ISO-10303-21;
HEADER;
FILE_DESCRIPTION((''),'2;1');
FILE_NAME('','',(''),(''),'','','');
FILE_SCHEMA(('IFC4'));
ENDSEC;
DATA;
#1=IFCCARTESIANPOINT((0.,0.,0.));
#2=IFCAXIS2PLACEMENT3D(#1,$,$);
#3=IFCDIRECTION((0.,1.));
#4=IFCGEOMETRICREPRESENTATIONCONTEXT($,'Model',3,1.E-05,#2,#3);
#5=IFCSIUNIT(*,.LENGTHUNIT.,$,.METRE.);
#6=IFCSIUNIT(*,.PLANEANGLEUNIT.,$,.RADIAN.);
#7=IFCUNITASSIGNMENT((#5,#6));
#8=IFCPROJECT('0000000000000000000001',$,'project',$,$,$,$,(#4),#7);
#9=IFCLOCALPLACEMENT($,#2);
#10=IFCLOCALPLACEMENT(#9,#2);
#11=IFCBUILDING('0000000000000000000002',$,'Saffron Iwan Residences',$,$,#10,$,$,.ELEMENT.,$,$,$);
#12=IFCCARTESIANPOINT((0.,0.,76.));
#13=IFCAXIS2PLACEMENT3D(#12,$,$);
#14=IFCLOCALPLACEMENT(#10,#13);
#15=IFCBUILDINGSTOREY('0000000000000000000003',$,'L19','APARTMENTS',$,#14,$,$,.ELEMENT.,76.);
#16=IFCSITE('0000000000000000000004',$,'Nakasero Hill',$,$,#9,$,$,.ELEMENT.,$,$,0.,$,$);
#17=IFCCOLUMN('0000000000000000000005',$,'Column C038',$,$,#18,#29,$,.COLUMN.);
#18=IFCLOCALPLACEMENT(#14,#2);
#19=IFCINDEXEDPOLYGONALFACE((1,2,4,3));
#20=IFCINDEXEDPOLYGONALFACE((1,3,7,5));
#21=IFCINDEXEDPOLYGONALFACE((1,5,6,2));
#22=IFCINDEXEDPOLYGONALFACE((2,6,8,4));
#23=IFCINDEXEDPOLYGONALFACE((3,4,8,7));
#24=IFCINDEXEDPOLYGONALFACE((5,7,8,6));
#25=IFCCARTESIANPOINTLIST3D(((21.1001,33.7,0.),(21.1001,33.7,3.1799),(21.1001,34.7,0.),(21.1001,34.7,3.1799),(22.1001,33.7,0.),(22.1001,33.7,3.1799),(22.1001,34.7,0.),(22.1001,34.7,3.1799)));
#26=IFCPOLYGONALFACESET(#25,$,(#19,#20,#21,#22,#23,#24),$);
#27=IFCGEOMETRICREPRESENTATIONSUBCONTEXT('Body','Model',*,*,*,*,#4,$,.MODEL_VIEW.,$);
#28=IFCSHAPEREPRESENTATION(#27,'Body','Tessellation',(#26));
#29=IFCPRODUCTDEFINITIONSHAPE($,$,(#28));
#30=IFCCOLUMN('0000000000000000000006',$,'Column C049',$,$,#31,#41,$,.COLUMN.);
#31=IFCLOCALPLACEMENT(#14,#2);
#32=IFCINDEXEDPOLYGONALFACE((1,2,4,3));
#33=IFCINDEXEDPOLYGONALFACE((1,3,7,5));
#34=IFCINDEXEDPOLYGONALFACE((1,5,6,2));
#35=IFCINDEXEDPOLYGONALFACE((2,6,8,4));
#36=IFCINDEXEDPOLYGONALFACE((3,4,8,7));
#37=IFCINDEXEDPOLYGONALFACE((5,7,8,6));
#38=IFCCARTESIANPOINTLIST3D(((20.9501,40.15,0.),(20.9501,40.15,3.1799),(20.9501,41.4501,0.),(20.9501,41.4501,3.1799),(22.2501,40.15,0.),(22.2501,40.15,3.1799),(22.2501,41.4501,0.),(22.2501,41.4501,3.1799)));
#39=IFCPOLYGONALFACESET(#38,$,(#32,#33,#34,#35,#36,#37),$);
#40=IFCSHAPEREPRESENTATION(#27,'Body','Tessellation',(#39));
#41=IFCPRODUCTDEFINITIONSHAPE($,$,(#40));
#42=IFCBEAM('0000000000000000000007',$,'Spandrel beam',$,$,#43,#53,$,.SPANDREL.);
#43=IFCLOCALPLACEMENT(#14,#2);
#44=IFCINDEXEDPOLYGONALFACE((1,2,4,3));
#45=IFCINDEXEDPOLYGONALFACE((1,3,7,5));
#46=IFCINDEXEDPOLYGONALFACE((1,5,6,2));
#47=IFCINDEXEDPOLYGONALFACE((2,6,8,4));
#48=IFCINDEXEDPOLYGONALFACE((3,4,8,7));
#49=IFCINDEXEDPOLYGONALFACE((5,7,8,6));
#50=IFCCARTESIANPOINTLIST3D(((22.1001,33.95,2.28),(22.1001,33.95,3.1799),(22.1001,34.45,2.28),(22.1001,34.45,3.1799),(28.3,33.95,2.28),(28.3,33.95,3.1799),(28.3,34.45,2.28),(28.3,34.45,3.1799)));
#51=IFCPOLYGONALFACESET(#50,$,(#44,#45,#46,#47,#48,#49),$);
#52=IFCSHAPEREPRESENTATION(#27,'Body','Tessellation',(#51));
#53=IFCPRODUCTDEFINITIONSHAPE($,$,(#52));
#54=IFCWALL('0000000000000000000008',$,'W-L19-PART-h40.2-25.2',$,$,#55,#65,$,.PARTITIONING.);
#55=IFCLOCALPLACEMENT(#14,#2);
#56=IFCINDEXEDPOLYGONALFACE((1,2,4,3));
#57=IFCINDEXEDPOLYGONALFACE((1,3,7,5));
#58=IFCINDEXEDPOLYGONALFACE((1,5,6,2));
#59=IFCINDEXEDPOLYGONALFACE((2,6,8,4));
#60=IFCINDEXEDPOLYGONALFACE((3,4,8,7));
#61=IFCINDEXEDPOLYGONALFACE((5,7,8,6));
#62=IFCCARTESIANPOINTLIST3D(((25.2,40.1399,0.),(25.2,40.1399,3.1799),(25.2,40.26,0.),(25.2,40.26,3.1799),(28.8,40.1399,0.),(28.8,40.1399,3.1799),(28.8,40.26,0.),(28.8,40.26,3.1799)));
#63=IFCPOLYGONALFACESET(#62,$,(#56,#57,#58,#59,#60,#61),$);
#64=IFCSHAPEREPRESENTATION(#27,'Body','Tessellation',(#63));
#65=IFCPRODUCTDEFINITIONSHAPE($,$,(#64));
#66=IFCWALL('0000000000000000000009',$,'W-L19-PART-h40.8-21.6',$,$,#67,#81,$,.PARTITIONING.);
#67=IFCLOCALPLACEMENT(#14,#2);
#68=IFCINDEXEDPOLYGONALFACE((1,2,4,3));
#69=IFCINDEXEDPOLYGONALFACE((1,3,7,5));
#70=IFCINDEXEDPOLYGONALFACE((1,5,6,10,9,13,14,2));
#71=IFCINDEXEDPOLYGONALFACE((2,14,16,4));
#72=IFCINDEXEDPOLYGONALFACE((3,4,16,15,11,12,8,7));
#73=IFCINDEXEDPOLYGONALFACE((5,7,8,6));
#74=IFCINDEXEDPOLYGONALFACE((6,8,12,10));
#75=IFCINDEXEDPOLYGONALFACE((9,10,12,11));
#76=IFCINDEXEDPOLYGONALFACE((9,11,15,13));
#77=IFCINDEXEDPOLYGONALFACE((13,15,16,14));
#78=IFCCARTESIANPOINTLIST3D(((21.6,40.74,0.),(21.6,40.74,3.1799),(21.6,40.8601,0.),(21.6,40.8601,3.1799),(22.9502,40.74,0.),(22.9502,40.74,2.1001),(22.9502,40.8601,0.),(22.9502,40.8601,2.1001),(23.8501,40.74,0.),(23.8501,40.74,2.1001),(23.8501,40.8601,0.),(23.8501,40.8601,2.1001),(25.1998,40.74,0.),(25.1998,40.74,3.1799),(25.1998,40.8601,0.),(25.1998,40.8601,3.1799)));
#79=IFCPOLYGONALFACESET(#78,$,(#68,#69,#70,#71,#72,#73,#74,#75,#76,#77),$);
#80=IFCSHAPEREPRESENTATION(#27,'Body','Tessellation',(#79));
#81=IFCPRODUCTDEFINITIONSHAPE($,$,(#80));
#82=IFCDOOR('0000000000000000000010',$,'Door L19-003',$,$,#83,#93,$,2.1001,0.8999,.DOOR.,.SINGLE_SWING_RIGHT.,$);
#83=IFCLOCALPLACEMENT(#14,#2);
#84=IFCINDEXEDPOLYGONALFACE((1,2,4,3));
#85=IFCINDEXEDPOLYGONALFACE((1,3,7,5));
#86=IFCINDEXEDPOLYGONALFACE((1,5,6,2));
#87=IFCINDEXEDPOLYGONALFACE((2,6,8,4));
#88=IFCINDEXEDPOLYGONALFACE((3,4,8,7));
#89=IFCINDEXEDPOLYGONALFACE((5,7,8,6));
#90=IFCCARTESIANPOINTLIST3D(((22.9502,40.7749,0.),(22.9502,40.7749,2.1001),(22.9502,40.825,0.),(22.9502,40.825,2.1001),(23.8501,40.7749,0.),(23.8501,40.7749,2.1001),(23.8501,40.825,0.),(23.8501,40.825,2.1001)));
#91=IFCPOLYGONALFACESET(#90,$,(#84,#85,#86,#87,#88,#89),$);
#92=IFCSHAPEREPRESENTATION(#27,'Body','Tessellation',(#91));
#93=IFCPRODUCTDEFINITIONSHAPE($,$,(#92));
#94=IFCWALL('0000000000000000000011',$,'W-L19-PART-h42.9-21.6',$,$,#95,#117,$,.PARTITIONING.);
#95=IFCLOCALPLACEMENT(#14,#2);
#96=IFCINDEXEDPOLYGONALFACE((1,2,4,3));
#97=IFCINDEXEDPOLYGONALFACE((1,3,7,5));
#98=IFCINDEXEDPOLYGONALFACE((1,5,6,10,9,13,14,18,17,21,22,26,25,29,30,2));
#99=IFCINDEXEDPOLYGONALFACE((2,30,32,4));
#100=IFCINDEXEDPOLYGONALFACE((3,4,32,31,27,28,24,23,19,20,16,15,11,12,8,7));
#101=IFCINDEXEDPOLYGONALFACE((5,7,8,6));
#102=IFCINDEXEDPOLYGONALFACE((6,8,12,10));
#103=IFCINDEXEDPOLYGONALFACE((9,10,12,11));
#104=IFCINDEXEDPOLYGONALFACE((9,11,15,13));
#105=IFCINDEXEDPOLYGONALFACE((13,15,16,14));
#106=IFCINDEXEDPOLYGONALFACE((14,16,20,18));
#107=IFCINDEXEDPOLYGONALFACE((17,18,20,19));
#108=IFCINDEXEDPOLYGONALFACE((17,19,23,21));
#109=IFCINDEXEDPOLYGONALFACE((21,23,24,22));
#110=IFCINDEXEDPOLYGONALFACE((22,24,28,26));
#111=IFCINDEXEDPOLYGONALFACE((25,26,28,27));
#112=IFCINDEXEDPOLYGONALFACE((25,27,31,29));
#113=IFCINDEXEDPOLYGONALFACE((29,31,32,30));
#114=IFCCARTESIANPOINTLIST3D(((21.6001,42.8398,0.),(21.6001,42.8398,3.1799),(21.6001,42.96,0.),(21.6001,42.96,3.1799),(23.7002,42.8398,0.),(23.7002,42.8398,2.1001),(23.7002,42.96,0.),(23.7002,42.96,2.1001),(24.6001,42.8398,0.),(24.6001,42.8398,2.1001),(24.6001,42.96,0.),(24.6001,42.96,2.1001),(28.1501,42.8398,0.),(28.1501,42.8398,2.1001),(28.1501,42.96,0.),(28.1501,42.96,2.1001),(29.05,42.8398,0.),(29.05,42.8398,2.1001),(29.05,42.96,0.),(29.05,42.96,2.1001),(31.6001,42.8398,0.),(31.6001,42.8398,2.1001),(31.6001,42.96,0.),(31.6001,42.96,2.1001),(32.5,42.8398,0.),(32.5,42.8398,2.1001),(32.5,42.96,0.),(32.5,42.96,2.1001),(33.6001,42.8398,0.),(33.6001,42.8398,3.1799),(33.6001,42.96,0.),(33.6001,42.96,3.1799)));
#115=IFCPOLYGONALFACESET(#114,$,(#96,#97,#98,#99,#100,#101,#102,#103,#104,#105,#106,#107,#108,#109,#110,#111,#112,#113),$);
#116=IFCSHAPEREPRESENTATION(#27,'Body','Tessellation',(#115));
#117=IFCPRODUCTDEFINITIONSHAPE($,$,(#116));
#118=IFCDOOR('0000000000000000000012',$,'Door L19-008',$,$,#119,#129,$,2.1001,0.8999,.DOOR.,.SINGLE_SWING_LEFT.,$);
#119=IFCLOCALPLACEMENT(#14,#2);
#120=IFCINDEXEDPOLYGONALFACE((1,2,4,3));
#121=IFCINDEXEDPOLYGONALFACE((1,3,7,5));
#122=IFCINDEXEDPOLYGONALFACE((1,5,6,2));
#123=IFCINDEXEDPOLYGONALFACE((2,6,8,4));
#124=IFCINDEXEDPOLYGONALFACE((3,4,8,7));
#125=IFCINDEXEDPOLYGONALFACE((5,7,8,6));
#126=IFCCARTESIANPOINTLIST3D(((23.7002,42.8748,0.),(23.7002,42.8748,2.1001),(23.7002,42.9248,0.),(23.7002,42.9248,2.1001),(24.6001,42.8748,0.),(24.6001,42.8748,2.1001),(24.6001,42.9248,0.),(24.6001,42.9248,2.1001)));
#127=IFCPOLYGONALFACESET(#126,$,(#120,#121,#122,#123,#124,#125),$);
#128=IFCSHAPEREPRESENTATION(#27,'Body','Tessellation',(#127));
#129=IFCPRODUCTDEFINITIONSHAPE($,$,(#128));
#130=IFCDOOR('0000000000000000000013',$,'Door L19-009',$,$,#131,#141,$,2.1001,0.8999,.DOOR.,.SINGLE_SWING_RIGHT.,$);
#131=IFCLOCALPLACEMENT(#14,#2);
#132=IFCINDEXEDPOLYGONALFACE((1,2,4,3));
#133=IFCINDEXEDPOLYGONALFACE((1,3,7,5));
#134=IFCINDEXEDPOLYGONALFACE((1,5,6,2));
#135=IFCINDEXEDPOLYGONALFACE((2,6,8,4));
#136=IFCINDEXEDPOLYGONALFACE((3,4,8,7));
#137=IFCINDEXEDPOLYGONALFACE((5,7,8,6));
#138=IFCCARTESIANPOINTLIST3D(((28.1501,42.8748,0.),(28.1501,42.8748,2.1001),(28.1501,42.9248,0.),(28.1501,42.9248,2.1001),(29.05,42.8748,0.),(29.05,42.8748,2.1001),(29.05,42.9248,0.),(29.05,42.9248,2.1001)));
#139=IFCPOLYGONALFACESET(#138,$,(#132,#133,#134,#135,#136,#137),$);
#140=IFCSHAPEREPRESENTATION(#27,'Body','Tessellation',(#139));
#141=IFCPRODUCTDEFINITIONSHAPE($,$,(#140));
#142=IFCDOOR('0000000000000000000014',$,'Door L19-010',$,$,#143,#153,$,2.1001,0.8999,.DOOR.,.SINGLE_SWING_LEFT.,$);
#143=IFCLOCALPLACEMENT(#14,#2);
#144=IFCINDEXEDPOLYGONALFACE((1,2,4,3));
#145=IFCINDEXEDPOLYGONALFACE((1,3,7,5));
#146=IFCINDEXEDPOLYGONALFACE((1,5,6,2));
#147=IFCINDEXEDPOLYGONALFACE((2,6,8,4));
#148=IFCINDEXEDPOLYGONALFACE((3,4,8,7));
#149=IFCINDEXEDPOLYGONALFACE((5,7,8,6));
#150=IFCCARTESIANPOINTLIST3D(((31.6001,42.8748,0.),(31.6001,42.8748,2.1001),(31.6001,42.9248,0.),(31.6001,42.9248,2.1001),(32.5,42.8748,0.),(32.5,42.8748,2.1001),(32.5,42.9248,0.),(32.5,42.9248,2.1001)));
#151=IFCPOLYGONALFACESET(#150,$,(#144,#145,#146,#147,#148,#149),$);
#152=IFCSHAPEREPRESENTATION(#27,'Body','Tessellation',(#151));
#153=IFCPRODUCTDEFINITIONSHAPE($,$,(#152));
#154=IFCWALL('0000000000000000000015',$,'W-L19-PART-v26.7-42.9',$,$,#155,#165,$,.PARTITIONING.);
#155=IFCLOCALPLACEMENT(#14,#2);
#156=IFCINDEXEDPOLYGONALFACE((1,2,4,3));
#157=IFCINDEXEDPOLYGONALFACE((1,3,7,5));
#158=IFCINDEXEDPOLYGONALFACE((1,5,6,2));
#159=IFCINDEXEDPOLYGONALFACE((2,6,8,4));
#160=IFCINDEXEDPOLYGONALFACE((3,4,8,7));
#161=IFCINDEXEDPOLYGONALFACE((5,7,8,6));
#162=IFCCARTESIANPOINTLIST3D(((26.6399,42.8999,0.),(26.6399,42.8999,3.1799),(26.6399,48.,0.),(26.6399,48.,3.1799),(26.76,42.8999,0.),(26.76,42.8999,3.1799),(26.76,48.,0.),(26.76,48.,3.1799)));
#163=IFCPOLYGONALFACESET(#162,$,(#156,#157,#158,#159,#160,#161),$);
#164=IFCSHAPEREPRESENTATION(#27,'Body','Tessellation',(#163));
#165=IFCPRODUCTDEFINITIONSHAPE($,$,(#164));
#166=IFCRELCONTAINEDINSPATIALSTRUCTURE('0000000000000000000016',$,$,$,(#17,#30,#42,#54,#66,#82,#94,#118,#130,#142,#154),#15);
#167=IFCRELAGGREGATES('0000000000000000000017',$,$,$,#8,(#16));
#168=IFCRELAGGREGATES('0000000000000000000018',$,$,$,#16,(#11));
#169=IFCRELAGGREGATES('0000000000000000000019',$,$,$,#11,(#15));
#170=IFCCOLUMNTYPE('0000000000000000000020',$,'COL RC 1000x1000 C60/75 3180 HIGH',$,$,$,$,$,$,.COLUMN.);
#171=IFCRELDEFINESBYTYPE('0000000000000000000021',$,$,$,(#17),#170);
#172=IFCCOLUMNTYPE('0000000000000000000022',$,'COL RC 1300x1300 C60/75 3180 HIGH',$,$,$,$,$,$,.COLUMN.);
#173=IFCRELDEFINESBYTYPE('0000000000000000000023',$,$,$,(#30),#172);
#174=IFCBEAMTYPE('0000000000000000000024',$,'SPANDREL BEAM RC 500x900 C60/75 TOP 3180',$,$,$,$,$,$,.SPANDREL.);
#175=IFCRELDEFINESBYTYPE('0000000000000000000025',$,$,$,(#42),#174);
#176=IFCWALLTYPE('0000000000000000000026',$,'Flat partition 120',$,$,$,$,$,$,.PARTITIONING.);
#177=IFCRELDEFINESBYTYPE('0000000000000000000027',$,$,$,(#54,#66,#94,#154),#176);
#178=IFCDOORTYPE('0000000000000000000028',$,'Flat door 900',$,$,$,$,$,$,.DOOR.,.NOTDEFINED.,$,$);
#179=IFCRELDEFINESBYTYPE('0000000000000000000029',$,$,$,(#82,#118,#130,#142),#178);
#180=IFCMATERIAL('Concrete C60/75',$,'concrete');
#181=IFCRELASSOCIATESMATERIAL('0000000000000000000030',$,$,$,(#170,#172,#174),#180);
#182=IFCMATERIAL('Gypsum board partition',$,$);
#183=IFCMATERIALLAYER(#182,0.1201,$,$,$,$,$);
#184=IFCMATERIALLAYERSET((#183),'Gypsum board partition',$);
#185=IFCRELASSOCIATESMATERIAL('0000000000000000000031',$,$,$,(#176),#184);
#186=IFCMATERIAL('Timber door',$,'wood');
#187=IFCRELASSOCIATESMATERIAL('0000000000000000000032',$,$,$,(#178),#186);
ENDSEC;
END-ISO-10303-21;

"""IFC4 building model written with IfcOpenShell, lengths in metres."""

from ifc_helpers import new_model, si_unit, direction, frame, frame_2d, origin, origin_2d, place, context, subcontext, project, spatial, rectangle, extrude, source, transform, mapped, material, layer, layer_set, material_profile, profile_set, type_object, element, fill, save


model = new_model("IFC4")

# Units and contexts
model_context = context("Model", 3, precision=1e-05, world=origin(), true_north=direction((0.0, 1.0)))
body_context = subcontext(model_context, "Body", "Model", "MODEL_VIEW")
ifc_project = project(units=[si_unit("LENGTHUNIT", "METRE"), si_unit("PLANEANGLEUNIT", "RADIAN")], contexts=[model_context])

# Site, building, storey
site_placement = place(None, origin())
site = spatial("IfcSite", under=ifc_project, at=site_placement, Name="Nakasero Hill", CompositionType="ELEMENT", RefElevation=0.0)
building_placement = place(site_placement, origin())
building = spatial("IfcBuilding", under=site, at=building_placement, Name="Saffron Iwan Residences", CompositionType="ELEMENT")
storey_placement = place(building_placement, frame((0.0, 0.0, 76.0)))
storey = spatial("IfcBuildingStorey", under=building, at=storey_placement, Name="L19", Description="APARTMENTS", CompositionType="ELEMENT", Elevation=76.0)

# Columns
ifc_material_1 = material(Name="Concrete C60/75", Category="concrete")
ifc_material_profile_1 = material_profile(ifc_material_1, rectangle(XDim=1.0, YDim=1.0, at=origin_2d()), Name="RC 1000x1000")
ifc_profile_set_1 = profile_set([ifc_material_profile_1], Name="Concrete C60/75")
column_type_1 = type_object("IfcColumnType", Name="COL RC 1000x1000 C60/75 3180 HIGH", PredefinedType="COLUMN", material=ifc_profile_set_1)
shared_shape_1 = source(origin(), body_context, "Body", "SweptSolid", [
    extrude(rectangle(XDim=1.0, YDim=1.0, at=origin_2d()), origin(), (0.0, 0.0, 1.0), 3.1799),
])
column_1_placement = place(storey_placement, frame((21.6001, 34.2, 0.0), z_axis=(0.0, 0.0, 1.0), x_axis=(1.0, 0.0, 0.0)))
element("IfcColumn", 1, at=column_1_placement, inside=storey, type_object=column_type_1, Name="Column C038", PredefinedType="COLUMN", context=body_context, shape_type="MappedRepresentation", body=[
    mapped(shared_shape_1, transform((0.0, 0.0, 0.0))),
])
ifc_material_profile_2 = material_profile(ifc_material_1, rectangle(XDim=1.3, YDim=1.3, at=origin_2d()), Name="RC 1300x1300")
ifc_profile_set_2 = profile_set([ifc_material_profile_2], Name="Concrete C60/75")
column_type_2 = type_object("IfcColumnType", Name="COL RC 1300x1300 C60/75 3180 HIGH", PredefinedType="COLUMN", material=ifc_profile_set_2)
shared_shape_2 = source(origin(), body_context, "Body", "SweptSolid", [
    extrude(rectangle(XDim=1.3, YDim=1.3, at=origin_2d()), origin(), (0.0, 0.0, 1.0), 3.1799),
])
column_2_placement = place(storey_placement, frame((21.6001, 40.8, 0.0), z_axis=(0.0, 0.0, 1.0), x_axis=(1.0, 0.0, 0.0)))
element("IfcColumn", 2, at=column_2_placement, inside=storey, type_object=column_type_2, Name="Column C049", PredefinedType="COLUMN", context=body_context, shape_type="MappedRepresentation", body=[
    mapped(shared_shape_2, transform((0.0, 0.0, 0.0))),
])

# Beam
ifc_material_profile_3 = material_profile(ifc_material_1, rectangle(XDim=0.5, YDim=0.8999, at=origin_2d()), Name="RC 500x900")
ifc_profile_set_3 = profile_set([ifc_material_profile_3], Name="Concrete C60/75")
beam_type = type_object("IfcBeamType", Name="SPANDREL BEAM RC 500x900 C60/75 TOP 3180", PredefinedType="SPANDREL", material=ifc_profile_set_3)
shared_shape_3 = source(origin(), body_context, "Body", "SweptSolid", [
    extrude(rectangle(XDim=0.5, YDim=0.8999, at=origin_2d()), origin(), (0.0, 0.0, 1.0), 6.2),
])
beam_placement = place(storey_placement, frame((28.3, 34.2, 2.73), z_axis=(-1.0, 0.0, 0.0), x_axis=(0.0, -1.0, 0.0)))
element("IfcBeam", 3, at=beam_placement, inside=storey, type_object=beam_type, Name="Spandrel beam", PredefinedType="SPANDREL", context=body_context, shape_type="MappedRepresentation", body=[
    mapped(shared_shape_3, transform((0.0, 0.0, 0.0))),
])

# Wall
ifc_material_2 = material(Name="Gypsum board partition")
ifc_layer = layer(ifc_material_2, 0.1201)
ifc_layer_set = layer_set([ifc_layer], Name="Gypsum board partition")
wall_type = type_object("IfcWallType", Name="Flat partition 120", PredefinedType="PARTITIONING", material=ifc_layer_set)
wall_1_placement = place(storey_placement, frame((25.2, 40.2, 0.0), z_axis=(0.0, 0.0, 1.0), x_axis=(1.0, 0.0, 0.0)))
element("IfcWall", 4, at=wall_1_placement, inside=storey, type_object=wall_type, Name="W-L19-PART-h40.2-25.2", PredefinedType="PARTITIONING", context=body_context, shape_type="SweptSolid", body=[
    extrude(rectangle(XDim=3.6001, YDim=0.1201, at=frame_2d((1.8, 0.0))), origin(), (0.0, 0.0, 1.0), 3.1799),
])

# Wall, opening, door
wall_2_placement = place(storey_placement, frame((21.6001, 40.8, 0.0), z_axis=(0.0, 0.0, 1.0), x_axis=(1.0, 0.0, 0.0)))
wall_2 = element("IfcWall", 5, at=wall_2_placement, inside=storey, type_object=wall_type, Name="W-L19-PART-h40.8-21.6", PredefinedType="PARTITIONING", context=body_context, shape_type="SweptSolid", body=[
    extrude(rectangle(XDim=3.5999, YDim=0.1201, at=frame_2d((1.7998, 0.0))), origin(), (0.0, 0.0, 1.0), 3.1799),
])
opening_1_placement = place(wall_2_placement, frame((1.3501, 0.0, 0.0)))
opening_1 = element("IfcOpeningElement", 6, at=opening_1_placement, cuts=wall_2, PredefinedType="OPENING", context=body_context, shape_type="SweptSolid", body=[
    extrude(rectangle(XDim=0.8999, YDim=2.1001, at=frame_2d((0.45, 1.05))), frame((0.0, 0.0701, 0.0), z_axis=(0.0, -1.0, 0.0), x_axis=(1.0, 0.0, 0.0)), (0.0, 0.0, 1.0), 0.1401),
])
ifc_material_3 = material(Name="Timber door", Category="wood")
door_type = type_object("IfcDoorType", Name="Flat door 900", OperationType="NOTDEFINED", PredefinedType="DOOR", material=ifc_material_3)
door_1_placement = place(opening_1_placement, origin())
door_1 = element("IfcDoor", 7, at=door_1_placement, inside=storey, type_object=door_type, Name="Door L19-003", OperationType="SINGLE_SWING_RIGHT", OverallHeight=2.1001, OverallWidth=0.8999, PredefinedType="DOOR", context=body_context, shape_type="SweptSolid", body=[
    extrude(rectangle(XDim=0.8999, YDim=2.1001, at=frame_2d((0.45, 1.05))), frame((0.0, 0.0249, 0.0), z_axis=(0.0, -1.0, 0.0), x_axis=(1.0, 0.0, 0.0)), (0.0, 0.0, 1.0), 0.05),
])
fill(opening_1, door_1)

# Wall, openings, doors
wall_3_placement = place(storey_placement, frame((21.6001, 42.8999, 0.0), z_axis=(0.0, 0.0, 1.0), x_axis=(1.0, 0.0, 0.0)))
wall_3 = element("IfcWall", 8, at=wall_3_placement, inside=storey, type_object=wall_type, Name="W-L19-PART-h42.9-21.6", PredefinedType="PARTITIONING", context=body_context, shape_type="SweptSolid", body=[
    extrude(rectangle(XDim=12.0, YDim=0.1201, at=frame_2d((6.0, 0.0))), origin(), (0.0, 0.0, 1.0), 3.1799),
])
opening_2_placement = place(wall_3_placement, frame((2.1001, 0.0, 0.0)))
opening_2 = element("IfcOpeningElement", 9, at=opening_2_placement, cuts=wall_3, PredefinedType="OPENING", context=body_context, shape_type="SweptSolid", body=[
    extrude(rectangle(XDim=0.8999, YDim=2.1001, at=frame_2d((0.45, 1.05))), frame((0.0, 0.0701, 0.0), z_axis=(0.0, -1.0, 0.0), x_axis=(1.0, 0.0, 0.0)), (0.0, 0.0, 1.0), 0.1401),
])
opening_3_placement = place(wall_3_placement, frame((6.55, 0.0, 0.0)))
opening_3 = element("IfcOpeningElement", 10, at=opening_3_placement, cuts=wall_3, PredefinedType="OPENING", context=body_context, shape_type="SweptSolid", body=[
    extrude(rectangle(XDim=0.8999, YDim=2.1001, at=frame_2d((0.45, 1.05))), frame((0.0, 0.0701, 0.0), z_axis=(0.0, -1.0, 0.0), x_axis=(1.0, 0.0, 0.0)), (0.0, 0.0, 1.0), 0.1401),
])
opening_4_placement = place(wall_3_placement, frame((10.0, 0.0, 0.0)))
opening_4 = element("IfcOpeningElement", 11, at=opening_4_placement, cuts=wall_3, PredefinedType="OPENING", context=body_context, shape_type="SweptSolid", body=[
    extrude(rectangle(XDim=0.8999, YDim=2.1001, at=frame_2d((0.45, 1.05))), frame((0.0, 0.0701, 0.0), z_axis=(0.0, -1.0, 0.0), x_axis=(1.0, 0.0, 0.0)), (0.0, 0.0, 1.0), 0.1401),
])
door_2_placement = place(opening_2_placement, origin())
door_2 = element("IfcDoor", 12, at=door_2_placement, inside=storey, type_object=door_type, Name="Door L19-008", OperationType="SINGLE_SWING_LEFT", OverallHeight=2.1001, OverallWidth=0.8999, PredefinedType="DOOR", context=body_context, shape_type="SweptSolid", body=[
    extrude(rectangle(XDim=0.8999, YDim=2.1001, at=frame_2d((0.45, 1.05))), frame((0.0, 0.0249, 0.0), z_axis=(0.0, -1.0, 0.0), x_axis=(1.0, 0.0, 0.0)), (0.0, 0.0, 1.0), 0.05),
])
fill(opening_2, door_2)
door_3_placement = place(opening_3_placement, origin())
door_3 = element("IfcDoor", 13, at=door_3_placement, inside=storey, type_object=door_type, Name="Door L19-009", OperationType="SINGLE_SWING_RIGHT", OverallHeight=2.1001, OverallWidth=0.8999, PredefinedType="DOOR", context=body_context, shape_type="SweptSolid", body=[
    extrude(rectangle(XDim=0.8999, YDim=2.1001, at=frame_2d((0.45, 1.05))), frame((0.0, 0.0249, 0.0), z_axis=(0.0, -1.0, 0.0), x_axis=(1.0, 0.0, 0.0)), (0.0, 0.0, 1.0), 0.05),
])
fill(opening_3, door_3)
door_4_placement = place(opening_4_placement, origin())
door_4 = element("IfcDoor", 14, at=door_4_placement, inside=storey, type_object=door_type, Name="Door L19-010", OperationType="SINGLE_SWING_LEFT", OverallHeight=2.1001, OverallWidth=0.8999, PredefinedType="DOOR", context=body_context, shape_type="SweptSolid", body=[
    extrude(rectangle(XDim=0.8999, YDim=2.1001, at=frame_2d((0.45, 1.05))), frame((0.0, 0.0249, 0.0), z_axis=(0.0, -1.0, 0.0), x_axis=(1.0, 0.0, 0.0)), (0.0, 0.0, 1.0), 0.05),
])
fill(opening_4, door_4)

# Wall
wall_4_placement = place(storey_placement, frame((26.7, 42.8999, 0.0), z_axis=(0.0, 0.0, 1.0), x_axis=(0.0, 1.0, 0.0)))
element("IfcWall", 15, at=wall_4_placement, inside=storey, type_object=wall_type, Name="W-L19-PART-v26.7-42.9", PredefinedType="PARTITIONING", context=body_context, shape_type="SweptSolid", body=[
    extrude(rectangle(XDim=5.1001, YDim=0.1201, at=frame_2d((2.55, 0.0))), origin(), (0.0, 0.0, 1.0), 3.1799),
])

save(model, "model.ifc")
